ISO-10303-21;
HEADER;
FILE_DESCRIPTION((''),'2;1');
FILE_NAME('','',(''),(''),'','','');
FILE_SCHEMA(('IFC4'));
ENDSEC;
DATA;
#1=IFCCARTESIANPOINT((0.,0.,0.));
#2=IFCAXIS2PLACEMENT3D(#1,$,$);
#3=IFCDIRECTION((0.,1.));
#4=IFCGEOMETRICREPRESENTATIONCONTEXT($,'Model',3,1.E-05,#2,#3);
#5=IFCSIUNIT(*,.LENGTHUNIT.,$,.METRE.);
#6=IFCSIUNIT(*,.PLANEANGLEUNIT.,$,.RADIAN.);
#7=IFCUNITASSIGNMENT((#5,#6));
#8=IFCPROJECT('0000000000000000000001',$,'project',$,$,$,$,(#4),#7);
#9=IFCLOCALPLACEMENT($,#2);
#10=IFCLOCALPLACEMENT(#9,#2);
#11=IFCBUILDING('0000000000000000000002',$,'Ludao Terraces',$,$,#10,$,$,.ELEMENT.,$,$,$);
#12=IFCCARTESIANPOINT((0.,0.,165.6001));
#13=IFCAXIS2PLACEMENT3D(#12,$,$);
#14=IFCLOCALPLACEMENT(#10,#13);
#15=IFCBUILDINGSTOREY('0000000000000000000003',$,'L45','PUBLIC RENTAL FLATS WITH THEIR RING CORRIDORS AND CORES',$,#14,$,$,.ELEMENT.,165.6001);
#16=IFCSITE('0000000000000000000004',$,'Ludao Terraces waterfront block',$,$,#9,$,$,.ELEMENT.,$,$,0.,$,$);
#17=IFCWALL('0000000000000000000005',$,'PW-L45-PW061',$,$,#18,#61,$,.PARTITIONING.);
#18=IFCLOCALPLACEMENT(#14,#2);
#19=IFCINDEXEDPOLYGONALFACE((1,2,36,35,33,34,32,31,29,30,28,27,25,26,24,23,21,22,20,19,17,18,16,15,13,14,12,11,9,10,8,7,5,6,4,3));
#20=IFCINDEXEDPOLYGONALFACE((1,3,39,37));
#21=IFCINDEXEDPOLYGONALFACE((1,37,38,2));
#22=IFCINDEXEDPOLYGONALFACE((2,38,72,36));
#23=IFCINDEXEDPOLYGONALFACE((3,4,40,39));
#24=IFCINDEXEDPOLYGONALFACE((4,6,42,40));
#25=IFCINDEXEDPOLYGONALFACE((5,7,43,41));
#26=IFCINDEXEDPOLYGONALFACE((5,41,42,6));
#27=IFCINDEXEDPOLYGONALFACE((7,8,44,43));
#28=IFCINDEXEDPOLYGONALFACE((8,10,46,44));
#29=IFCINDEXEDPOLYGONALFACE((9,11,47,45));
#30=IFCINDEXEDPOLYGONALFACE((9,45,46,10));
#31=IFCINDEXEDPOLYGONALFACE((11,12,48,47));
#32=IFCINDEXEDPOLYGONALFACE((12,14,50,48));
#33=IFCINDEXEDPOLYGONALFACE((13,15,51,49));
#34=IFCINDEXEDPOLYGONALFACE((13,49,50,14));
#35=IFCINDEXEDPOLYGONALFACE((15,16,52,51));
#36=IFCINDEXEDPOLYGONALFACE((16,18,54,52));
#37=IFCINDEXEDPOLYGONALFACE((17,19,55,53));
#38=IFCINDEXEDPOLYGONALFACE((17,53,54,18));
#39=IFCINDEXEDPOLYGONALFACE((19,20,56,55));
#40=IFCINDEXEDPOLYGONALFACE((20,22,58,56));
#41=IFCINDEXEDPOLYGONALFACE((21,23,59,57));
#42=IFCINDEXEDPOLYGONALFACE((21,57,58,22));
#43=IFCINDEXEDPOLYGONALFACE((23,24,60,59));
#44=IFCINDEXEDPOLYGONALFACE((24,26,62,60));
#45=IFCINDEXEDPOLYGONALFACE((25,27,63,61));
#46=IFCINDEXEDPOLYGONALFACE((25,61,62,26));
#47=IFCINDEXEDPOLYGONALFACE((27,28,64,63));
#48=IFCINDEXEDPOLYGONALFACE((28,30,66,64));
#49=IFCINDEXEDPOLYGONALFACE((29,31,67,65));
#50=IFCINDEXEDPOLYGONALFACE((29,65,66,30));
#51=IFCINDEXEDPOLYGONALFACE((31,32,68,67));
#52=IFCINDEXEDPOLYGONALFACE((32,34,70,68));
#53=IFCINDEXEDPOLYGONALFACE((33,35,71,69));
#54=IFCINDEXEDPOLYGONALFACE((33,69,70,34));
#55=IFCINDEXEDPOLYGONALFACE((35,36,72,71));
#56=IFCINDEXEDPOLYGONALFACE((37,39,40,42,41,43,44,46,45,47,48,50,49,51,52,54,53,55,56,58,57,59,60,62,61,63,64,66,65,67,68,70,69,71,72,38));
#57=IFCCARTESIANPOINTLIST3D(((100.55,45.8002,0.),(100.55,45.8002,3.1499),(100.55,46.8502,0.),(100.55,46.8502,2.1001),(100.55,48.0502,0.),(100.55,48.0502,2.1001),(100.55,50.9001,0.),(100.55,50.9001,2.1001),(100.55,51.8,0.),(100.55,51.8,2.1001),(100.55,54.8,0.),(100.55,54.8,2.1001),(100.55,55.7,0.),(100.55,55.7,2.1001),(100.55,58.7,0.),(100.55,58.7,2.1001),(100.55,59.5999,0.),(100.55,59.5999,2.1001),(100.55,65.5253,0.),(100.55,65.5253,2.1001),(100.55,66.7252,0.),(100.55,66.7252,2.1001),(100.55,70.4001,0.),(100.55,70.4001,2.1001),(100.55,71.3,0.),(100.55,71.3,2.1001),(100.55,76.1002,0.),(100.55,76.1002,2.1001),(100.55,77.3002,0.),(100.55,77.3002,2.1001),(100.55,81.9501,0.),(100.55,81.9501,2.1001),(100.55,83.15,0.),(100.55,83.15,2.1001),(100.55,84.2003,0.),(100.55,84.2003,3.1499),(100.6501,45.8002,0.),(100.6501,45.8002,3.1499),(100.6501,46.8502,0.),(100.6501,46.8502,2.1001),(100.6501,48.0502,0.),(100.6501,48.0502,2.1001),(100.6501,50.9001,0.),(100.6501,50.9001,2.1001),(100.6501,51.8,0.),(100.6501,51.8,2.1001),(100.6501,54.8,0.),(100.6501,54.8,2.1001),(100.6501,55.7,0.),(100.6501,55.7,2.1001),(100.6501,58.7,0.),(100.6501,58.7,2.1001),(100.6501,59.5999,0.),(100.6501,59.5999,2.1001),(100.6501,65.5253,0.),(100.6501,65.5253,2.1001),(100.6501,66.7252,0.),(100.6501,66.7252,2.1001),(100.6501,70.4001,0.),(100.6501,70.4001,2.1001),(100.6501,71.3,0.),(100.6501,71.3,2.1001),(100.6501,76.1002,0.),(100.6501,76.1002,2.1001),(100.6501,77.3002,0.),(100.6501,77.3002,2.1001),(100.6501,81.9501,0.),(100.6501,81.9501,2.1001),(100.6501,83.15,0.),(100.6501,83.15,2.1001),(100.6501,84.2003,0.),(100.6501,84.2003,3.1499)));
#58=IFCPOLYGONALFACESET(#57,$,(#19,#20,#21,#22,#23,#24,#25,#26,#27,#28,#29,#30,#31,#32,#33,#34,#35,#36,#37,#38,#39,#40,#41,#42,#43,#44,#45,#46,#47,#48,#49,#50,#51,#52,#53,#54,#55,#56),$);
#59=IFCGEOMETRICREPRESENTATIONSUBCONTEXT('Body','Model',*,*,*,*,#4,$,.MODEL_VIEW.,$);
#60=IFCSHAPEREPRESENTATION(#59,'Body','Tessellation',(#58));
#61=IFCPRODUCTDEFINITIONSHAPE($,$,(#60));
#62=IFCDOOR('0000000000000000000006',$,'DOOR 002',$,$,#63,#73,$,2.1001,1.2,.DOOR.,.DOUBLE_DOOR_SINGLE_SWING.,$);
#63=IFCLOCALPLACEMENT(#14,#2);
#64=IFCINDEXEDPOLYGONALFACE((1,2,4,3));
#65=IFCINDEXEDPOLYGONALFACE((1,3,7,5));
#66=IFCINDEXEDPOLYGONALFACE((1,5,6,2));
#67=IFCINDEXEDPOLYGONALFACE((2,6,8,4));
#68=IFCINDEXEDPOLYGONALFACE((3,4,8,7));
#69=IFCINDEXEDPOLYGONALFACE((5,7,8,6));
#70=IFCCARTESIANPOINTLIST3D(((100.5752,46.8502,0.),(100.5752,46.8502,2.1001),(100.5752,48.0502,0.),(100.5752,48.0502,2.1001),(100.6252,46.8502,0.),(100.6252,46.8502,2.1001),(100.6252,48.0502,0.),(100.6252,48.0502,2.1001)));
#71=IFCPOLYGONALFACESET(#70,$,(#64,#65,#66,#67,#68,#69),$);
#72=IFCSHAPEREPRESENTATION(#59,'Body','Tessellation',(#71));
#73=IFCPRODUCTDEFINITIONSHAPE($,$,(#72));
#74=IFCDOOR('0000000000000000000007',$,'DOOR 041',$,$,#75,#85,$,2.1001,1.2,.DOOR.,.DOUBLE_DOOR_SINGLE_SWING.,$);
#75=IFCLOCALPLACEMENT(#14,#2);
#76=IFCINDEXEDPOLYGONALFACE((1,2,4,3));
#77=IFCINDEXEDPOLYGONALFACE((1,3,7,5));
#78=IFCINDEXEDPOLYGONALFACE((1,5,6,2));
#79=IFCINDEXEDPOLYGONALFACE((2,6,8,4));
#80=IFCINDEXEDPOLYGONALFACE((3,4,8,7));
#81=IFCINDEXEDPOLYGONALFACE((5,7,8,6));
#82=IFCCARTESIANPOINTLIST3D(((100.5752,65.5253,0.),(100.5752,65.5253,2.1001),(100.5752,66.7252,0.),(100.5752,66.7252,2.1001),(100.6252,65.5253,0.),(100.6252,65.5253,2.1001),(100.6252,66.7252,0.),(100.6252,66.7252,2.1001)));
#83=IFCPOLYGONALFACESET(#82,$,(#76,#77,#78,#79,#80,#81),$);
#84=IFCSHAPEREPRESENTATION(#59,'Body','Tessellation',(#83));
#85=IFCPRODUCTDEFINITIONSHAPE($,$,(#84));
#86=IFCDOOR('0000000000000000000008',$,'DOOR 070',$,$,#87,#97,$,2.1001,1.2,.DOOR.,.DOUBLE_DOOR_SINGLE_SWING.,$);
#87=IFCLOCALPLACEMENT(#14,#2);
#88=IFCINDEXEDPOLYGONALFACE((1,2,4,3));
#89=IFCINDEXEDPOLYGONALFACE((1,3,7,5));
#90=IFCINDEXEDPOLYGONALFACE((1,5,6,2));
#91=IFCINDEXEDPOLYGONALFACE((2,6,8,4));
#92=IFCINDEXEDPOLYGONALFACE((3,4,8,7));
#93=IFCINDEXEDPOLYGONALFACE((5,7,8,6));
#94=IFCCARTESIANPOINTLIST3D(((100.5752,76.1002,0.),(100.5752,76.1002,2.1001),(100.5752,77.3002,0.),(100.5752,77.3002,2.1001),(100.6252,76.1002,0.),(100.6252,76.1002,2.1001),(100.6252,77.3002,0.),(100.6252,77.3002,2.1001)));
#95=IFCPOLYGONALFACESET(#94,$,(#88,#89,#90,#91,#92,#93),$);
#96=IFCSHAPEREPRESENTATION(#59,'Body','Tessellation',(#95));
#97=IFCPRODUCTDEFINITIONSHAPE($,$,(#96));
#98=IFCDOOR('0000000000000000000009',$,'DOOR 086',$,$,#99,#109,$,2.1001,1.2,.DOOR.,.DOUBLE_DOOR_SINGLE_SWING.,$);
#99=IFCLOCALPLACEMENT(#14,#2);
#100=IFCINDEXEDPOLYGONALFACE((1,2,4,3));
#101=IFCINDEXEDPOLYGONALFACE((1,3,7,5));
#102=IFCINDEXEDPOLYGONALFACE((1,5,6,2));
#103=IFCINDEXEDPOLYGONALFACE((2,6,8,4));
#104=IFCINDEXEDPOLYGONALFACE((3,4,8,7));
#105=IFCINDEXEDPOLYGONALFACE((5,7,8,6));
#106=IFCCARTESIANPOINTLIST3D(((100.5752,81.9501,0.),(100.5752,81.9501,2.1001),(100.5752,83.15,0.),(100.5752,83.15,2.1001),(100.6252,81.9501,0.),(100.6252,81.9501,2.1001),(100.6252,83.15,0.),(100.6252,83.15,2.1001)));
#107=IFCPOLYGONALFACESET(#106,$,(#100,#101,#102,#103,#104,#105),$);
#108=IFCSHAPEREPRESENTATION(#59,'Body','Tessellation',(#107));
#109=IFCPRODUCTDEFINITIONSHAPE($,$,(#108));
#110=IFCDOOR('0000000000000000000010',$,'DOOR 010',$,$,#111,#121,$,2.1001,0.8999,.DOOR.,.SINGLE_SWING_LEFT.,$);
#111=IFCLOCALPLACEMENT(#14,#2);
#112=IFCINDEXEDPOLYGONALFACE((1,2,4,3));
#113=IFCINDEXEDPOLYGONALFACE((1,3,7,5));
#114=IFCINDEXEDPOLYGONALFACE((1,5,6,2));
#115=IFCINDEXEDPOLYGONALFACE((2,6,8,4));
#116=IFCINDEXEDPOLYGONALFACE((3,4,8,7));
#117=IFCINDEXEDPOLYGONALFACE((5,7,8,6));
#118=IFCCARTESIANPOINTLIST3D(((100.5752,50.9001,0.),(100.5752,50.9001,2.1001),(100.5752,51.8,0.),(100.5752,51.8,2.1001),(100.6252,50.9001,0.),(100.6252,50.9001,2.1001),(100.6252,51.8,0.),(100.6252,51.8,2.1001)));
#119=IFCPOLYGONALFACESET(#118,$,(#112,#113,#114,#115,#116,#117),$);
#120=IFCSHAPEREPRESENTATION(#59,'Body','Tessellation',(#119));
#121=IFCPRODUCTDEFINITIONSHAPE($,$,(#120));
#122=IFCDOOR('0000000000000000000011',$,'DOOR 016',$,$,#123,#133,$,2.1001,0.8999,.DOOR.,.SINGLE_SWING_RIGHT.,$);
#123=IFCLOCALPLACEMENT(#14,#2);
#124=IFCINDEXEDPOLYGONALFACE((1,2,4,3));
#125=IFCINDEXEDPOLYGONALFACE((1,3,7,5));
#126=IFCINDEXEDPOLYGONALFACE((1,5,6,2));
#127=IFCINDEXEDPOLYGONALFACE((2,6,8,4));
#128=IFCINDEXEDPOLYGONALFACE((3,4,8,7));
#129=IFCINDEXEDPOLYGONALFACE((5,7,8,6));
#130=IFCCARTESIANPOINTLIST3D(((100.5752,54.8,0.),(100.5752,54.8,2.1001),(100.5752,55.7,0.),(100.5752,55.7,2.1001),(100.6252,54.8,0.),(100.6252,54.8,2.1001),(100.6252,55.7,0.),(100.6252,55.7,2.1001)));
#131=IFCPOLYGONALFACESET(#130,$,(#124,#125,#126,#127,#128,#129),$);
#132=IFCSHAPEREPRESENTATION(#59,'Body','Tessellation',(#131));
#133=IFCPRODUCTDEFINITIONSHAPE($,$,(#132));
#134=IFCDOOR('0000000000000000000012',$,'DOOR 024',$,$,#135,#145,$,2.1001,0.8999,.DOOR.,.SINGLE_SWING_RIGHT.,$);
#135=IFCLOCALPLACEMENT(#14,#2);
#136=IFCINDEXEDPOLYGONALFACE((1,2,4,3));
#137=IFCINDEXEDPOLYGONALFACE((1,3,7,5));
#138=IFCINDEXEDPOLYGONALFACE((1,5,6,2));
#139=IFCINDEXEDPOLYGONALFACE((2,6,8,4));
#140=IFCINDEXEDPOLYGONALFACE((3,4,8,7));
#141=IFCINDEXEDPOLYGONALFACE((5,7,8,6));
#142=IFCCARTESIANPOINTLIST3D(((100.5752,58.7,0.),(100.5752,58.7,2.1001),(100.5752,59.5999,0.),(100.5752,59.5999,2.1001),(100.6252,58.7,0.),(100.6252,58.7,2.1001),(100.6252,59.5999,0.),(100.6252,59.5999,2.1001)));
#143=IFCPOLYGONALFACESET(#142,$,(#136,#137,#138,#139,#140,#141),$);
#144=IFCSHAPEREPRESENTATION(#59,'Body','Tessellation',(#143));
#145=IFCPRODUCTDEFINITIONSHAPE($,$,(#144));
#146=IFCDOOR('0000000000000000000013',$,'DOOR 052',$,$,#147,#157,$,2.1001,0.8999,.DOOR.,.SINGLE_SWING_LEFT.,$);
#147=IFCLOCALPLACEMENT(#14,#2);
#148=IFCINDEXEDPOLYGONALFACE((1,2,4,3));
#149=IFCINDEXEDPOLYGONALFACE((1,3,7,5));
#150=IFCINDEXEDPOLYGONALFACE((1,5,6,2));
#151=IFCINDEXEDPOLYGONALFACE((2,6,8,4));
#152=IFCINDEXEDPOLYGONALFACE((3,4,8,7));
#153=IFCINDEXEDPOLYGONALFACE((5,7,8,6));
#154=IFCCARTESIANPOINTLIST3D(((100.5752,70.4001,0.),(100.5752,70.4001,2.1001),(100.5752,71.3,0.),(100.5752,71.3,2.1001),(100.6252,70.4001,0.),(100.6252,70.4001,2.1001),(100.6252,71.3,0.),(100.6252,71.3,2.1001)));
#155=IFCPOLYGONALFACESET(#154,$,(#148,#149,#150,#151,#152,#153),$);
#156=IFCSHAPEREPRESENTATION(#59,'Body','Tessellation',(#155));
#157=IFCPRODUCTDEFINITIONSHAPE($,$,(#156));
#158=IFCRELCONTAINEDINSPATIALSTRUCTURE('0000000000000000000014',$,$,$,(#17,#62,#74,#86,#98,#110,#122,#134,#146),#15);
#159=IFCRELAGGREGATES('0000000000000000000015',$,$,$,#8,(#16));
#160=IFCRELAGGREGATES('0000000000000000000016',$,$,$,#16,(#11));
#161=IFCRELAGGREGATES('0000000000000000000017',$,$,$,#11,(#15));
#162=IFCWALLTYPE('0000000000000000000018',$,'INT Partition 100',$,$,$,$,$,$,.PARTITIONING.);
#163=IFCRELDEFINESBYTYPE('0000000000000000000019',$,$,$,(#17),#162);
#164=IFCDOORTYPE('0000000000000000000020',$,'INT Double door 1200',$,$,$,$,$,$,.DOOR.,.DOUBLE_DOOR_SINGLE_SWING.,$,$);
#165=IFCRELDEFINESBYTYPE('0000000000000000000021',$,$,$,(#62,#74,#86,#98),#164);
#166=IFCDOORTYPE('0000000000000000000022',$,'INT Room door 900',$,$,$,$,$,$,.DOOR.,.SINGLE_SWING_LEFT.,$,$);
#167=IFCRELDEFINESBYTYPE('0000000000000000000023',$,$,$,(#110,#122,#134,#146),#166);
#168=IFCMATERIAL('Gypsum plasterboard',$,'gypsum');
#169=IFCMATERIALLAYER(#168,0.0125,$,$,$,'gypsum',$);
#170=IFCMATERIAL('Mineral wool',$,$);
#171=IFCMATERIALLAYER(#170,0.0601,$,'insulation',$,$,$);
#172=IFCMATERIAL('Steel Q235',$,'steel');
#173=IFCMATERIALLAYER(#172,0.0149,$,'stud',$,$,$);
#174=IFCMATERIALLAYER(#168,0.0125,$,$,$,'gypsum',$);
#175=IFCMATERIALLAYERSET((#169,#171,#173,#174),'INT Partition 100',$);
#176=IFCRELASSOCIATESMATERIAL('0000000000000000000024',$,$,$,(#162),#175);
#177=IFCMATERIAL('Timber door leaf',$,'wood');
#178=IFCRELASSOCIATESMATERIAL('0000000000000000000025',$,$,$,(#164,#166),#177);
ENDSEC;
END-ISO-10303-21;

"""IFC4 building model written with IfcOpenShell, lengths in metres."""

from ifc_helpers import new_model, si_unit, direction, frame, frame_2d, origin, place, context, subcontext, project, spatial, rectangle, extrude, material, layer, layer_set, type_object, element, fill, save


model = new_model("IFC4")

# Units and contexts
model_context = context("Model", 3, precision=1e-05, world=origin(), true_north=direction((0.0, 1.0)))
body_context = subcontext(model_context, "Body", "Model", "MODEL_VIEW")
ifc_project = project(units=[si_unit("LENGTHUNIT", "METRE"), si_unit("PLANEANGLEUNIT", "RADIAN")], contexts=[model_context])

# Site, building, storey
site_placement = place(None, origin())
site = spatial("IfcSite", under=ifc_project, at=site_placement, Name="Ludao Terraces waterfront block", CompositionType="ELEMENT", RefElevation=0.0)
building_placement = place(site_placement, origin())
building = spatial("IfcBuilding", under=site, at=building_placement, Name="Ludao Terraces", CompositionType="ELEMENT")
storey_placement = place(building_placement, frame((0.0, 0.0, 165.6001)))
storey = spatial("IfcBuildingStorey", under=building, at=storey_placement, Name="L45", Description="PUBLIC RENTAL FLATS WITH THEIR RING CORRIDORS AND CORES", CompositionType="ELEMENT", Elevation=165.6001)

# Shared definitions
ifc_material_1 = material(Name="Mineral wool")

# Shared definitions
ifc_material_2 = material(Name="Steel Q235", Category="steel")

# Shared definitions
ifc_material_3 = material(Name="Gypsum plasterboard", Category="gypsum")
ifc_layer_1 = layer(ifc_material_3, 0.0125, Category="gypsum")
ifc_layer_2 = layer(ifc_material_1, 0.0601, Name="insulation")
ifc_layer_3 = layer(ifc_material_2, 0.0149, Name="stud")
ifc_layer_4 = layer(ifc_material_3, 0.0125, Category="gypsum")
ifc_layer_set_1 = layer_set([ifc_layer_1, ifc_layer_2, ifc_layer_3, ifc_layer_4], Name="INT Partition 100")
wall_type_1 = type_object("IfcWallType", Name="INT Partition 100", PredefinedType="PARTITIONING", material=ifc_layer_set_1)

# Wall, openings, doors
ifc_material_4 = material(Name="Timber door leaf", Category="wood")
wall_1_placement = place(storey_placement, frame((100.6001, 45.8, 0.0), z_axis=(0.0, 0.0, 1.0), x_axis=(0.0, 1.0, 0.0)))
wall_1 = element("IfcWall", 1, at=wall_1_placement, inside=storey, type_object=wall_type_1, Name="PW-L45-PW061", PredefinedType="PARTITIONING", context=body_context, shape_type="SweptSolid", body=[
    extrude(rectangle(XDim=38.4001, YDim=0.1001, at=frame_2d((19.2002, 0.0))), origin(), (0.0, 0.0, 1.0), 3.1499),
])
opening_1_placement = place(wall_1_placement, frame((1.05, 0.0, 0.0)))
opening_1 = element("IfcOpeningElement", 2, at=opening_1_placement, cuts=wall_1, PredefinedType="OPENING", context=body_context, shape_type="SweptSolid", body=[
    extrude(rectangle(XDim=1.2, YDim=2.1001, at=frame_2d((0.6001, 1.05))), frame((0.0, 0.0601, 0.0), z_axis=(0.0, -1.0, 0.0), x_axis=(1.0, 0.0, 0.0)), (0.0, 0.0, 1.0), 0.1201),
])
opening_2_placement = place(wall_1_placement, frame((5.1001, 0.0, 0.0)))
opening_2 = element("IfcOpeningElement", 3, at=opening_2_placement, cuts=wall_1, PredefinedType="OPENING", context=body_context, shape_type="SweptSolid", body=[
    extrude(rectangle(XDim=0.8999, YDim=2.1001, at=frame_2d((0.45, 1.05))), frame((0.0, 0.0601, 0.0), z_axis=(0.0, -1.0, 0.0), x_axis=(1.0, 0.0, 0.0)), (0.0, 0.0, 1.0), 0.1201),
])
opening_3_placement = place(wall_1_placement, frame((9.0, 0.0, 0.0)))
opening_3 = element("IfcOpeningElement", 4, at=opening_3_placement, cuts=wall_1, PredefinedType="OPENING", context=body_context, shape_type="SweptSolid", body=[
    extrude(rectangle(XDim=0.8999, YDim=2.1001, at=frame_2d((0.45, 1.05))), frame((0.0, 0.0601, 0.0), z_axis=(0.0, -1.0, 0.0), x_axis=(1.0, 0.0, 0.0)), (0.0, 0.0, 1.0), 0.1201),
])
opening_4_placement = place(wall_1_placement, frame((12.8999, 0.0, 0.0)))
opening_4 = element("IfcOpeningElement", 5, at=opening_4_placement, cuts=wall_1, PredefinedType="OPENING", context=body_context, shape_type="SweptSolid", body=[
    extrude(rectangle(XDim=0.8999, YDim=2.1001, at=frame_2d((0.45, 1.05))), frame((0.0, 0.0601, 0.0), z_axis=(0.0, -1.0, 0.0), x_axis=(1.0, 0.0, 0.0)), (0.0, 0.0, 1.0), 0.1201),
])
opening_5_placement = place(wall_1_placement, frame((19.7251, 0.0, 0.0)))
opening_5 = element("IfcOpeningElement", 6, at=opening_5_placement, cuts=wall_1, PredefinedType="OPENING", context=body_context, shape_type="SweptSolid", body=[
    extrude(rectangle(XDim=1.2, YDim=2.1001, at=frame_2d((0.6001, 1.05))), frame((0.0, 0.0601, 0.0), z_axis=(0.0, -1.0, 0.0), x_axis=(1.0, 0.0, 0.0)), (0.0, 0.0, 1.0), 0.1201),
])
opening_6_placement = place(wall_1_placement, frame((24.6001, 0.0, 0.0)))
opening_6 = element("IfcOpeningElement", 7, at=opening_6_placement, cuts=wall_1, PredefinedType="OPENING", context=body_context, shape_type="SweptSolid", body=[
    extrude(rectangle(XDim=0.8999, YDim=2.1001, at=frame_2d((0.45, 1.05))), frame((0.0, 0.0601, 0.0), z_axis=(0.0, -1.0, 0.0), x_axis=(1.0, 0.0, 0.0)), (0.0, 0.0, 1.0), 0.1201),
])
opening_7_placement = place(wall_1_placement, frame((30.3, 0.0, 0.0)))
opening_7 = element("IfcOpeningElement", 8, at=opening_7_placement, cuts=wall_1, PredefinedType="OPENING", context=body_context, shape_type="SweptSolid", body=[
    extrude(rectangle(XDim=1.2, YDim=2.1001, at=frame_2d((0.6001, 1.05))), frame((0.0, 0.0601, 0.0), z_axis=(0.0, -1.0, 0.0), x_axis=(1.0, 0.0, 0.0)), (0.0, 0.0, 1.0), 0.1201),
])
opening_8_placement = place(wall_1_placement, frame((36.1499, 0.0, 0.0)))
opening_8 = element("IfcOpeningElement", 9, at=opening_8_placement, cuts=wall_1, PredefinedType="OPENING", context=body_context, shape_type="SweptSolid", body=[
    extrude(rectangle(XDim=1.2, YDim=2.1001, at=frame_2d((0.6001, 1.05))), frame((0.0, 0.0601, 0.0), z_axis=(0.0, -1.0, 0.0), x_axis=(1.0, 0.0, 0.0)), (0.0, 0.0, 1.0), 0.1201),
])
door_type_1 = type_object("IfcDoorType", Name="INT Double door 1200", OperationType="DOUBLE_DOOR_SINGLE_SWING", PredefinedType="DOOR", material=ifc_material_4)
door_1_placement = place(opening_1_placement, origin())
door_1 = element("IfcDoor", 10, at=door_1_placement, inside=storey, type_object=door_type_1, Name="DOOR 002", OperationType="DOUBLE_DOOR_SINGLE_SWING", OverallHeight=2.1001, OverallWidth=1.2, PredefinedType="DOOR", context=body_context, shape_type="SweptSolid", body=[
    extrude(rectangle(XDim=1.2, YDim=2.1001, at=frame_2d((0.6001, 1.05))), frame((0.0, 0.0249, 0.0), z_axis=(0.0, -1.0, 0.0), x_axis=(1.0, 0.0, 0.0)), (0.0, 0.0, 1.0), 0.05),
])
fill(opening_1, door_1)
door_2_placement = place(opening_5_placement, origin())
door_2 = element("IfcDoor", 11, at=door_2_placement, inside=storey, type_object=door_type_1, Name="DOOR 041", OperationType="DOUBLE_DOOR_SINGLE_SWING", OverallHeight=2.1001, OverallWidth=1.2, PredefinedType="DOOR", context=body_context, shape_type="SweptSolid", body=[
    extrude(rectangle(XDim=1.2, YDim=2.1001, at=frame_2d((0.6001, 1.05))), frame((0.0, 0.0249, 0.0), z_axis=(0.0, -1.0, 0.0), x_axis=(1.0, 0.0, 0.0)), (0.0, 0.0, 1.0), 0.05),
])
fill(opening_5, door_2)
door_3_placement = place(opening_7_placement, origin())
door_3 = element("IfcDoor", 12, at=door_3_placement, inside=storey, type_object=door_type_1, Name="DOOR 070", OperationType="DOUBLE_DOOR_SINGLE_SWING", OverallHeight=2.1001, OverallWidth=1.2, PredefinedType="DOOR", context=body_context, shape_type="SweptSolid", body=[
    extrude(rectangle(XDim=1.2, YDim=2.1001, at=frame_2d((0.6001, 1.05))), frame((0.0, 0.0249, 0.0), z_axis=(0.0, -1.0, 0.0), x_axis=(1.0, 0.0, 0.0)), (0.0, 0.0, 1.0), 0.05),
])
fill(opening_7, door_3)
door_4_placement = place(opening_8_placement, origin())
door_4 = element("IfcDoor", 13, at=door_4_placement, inside=storey, type_object=door_type_1, Name="DOOR 086", OperationType="DOUBLE_DOOR_SINGLE_SWING", OverallHeight=2.1001, OverallWidth=1.2, PredefinedType="DOOR", context=body_context, shape_type="SweptSolid", body=[
    extrude(rectangle(XDim=1.2, YDim=2.1001, at=frame_2d((0.6001, 1.05))), frame((0.0, 0.0249, 0.0), z_axis=(0.0, -1.0, 0.0), x_axis=(1.0, 0.0, 0.0)), (0.0, 0.0, 1.0), 0.05),
])
fill(opening_8, door_4)
door_type_2 = type_object("IfcDoorType", Name="INT Room door 900", OperationType="SINGLE_SWING_LEFT", PredefinedType="DOOR", material=ifc_material_4)
door_5_placement = place(opening_2_placement, origin())
door_5 = element("IfcDoor", 14, at=door_5_placement, inside=storey, type_object=door_type_2, Name="DOOR 010", OperationType="SINGLE_SWING_LEFT", OverallHeight=2.1001, OverallWidth=0.8999, PredefinedType="DOOR", context=body_context, shape_type="SweptSolid", body=[
    extrude(rectangle(XDim=0.8999, YDim=2.1001, at=frame_2d((0.45, 1.05))), frame((0.0, 0.0249, 0.0), z_axis=(0.0, -1.0, 0.0), x_axis=(1.0, 0.0, 0.0)), (0.0, 0.0, 1.0), 0.05),
])
fill(opening_2, door_5)
door_6_placement = place(opening_3_placement, origin())
door_6 = element("IfcDoor", 15, at=door_6_placement, inside=storey, type_object=door_type_2, Name="DOOR 016", OperationType="SINGLE_SWING_RIGHT", OverallHeight=2.1001, OverallWidth=0.8999, PredefinedType="DOOR", context=body_context, shape_type="SweptSolid", body=[
    extrude(rectangle(XDim=0.8999, YDim=2.1001, at=frame_2d((0.45, 1.05))), frame((0.0, 0.0249, 0.0), z_axis=(0.0, -1.0, 0.0), x_axis=(1.0, 0.0, 0.0)), (0.0, 0.0, 1.0), 0.05),
])
fill(opening_3, door_6)
door_7_placement = place(opening_4_placement, origin())
door_7 = element("IfcDoor", 16, at=door_7_placement, inside=storey, type_object=door_type_2, Name="DOOR 024", OperationType="SINGLE_SWING_RIGHT", OverallHeight=2.1001, OverallWidth=0.8999, PredefinedType="DOOR", context=body_context, shape_type="SweptSolid", body=[
    extrude(rectangle(XDim=0.8999, YDim=2.1001, at=frame_2d((0.45, 1.05))), frame((0.0, 0.0249, 0.0), z_axis=(0.0, -1.0, 0.0), x_axis=(1.0, 0.0, 0.0)), (0.0, 0.0, 1.0), 0.05),
])
fill(opening_4, door_7)
door_8_placement = place(opening_6_placement, origin())
door_8 = element("IfcDoor", 17, at=door_8_placement, inside=storey, type_object=door_type_2, Name="DOOR 052", OperationType="SINGLE_SWING_LEFT", OverallHeight=2.1001, OverallWidth=0.8999, PredefinedType="DOOR", context=body_context, shape_type="SweptSolid", body=[
    extrude(rectangle(XDim=0.8999, YDim=2.1001, at=frame_2d((0.45, 1.05))), frame((0.0, 0.0249, 0.0), z_axis=(0.0, -1.0, 0.0), x_axis=(1.0, 0.0, 0.0)), (0.0, 0.0, 1.0), 0.05),
])
fill(opening_6, door_8)

save(model, "model.ifc")
